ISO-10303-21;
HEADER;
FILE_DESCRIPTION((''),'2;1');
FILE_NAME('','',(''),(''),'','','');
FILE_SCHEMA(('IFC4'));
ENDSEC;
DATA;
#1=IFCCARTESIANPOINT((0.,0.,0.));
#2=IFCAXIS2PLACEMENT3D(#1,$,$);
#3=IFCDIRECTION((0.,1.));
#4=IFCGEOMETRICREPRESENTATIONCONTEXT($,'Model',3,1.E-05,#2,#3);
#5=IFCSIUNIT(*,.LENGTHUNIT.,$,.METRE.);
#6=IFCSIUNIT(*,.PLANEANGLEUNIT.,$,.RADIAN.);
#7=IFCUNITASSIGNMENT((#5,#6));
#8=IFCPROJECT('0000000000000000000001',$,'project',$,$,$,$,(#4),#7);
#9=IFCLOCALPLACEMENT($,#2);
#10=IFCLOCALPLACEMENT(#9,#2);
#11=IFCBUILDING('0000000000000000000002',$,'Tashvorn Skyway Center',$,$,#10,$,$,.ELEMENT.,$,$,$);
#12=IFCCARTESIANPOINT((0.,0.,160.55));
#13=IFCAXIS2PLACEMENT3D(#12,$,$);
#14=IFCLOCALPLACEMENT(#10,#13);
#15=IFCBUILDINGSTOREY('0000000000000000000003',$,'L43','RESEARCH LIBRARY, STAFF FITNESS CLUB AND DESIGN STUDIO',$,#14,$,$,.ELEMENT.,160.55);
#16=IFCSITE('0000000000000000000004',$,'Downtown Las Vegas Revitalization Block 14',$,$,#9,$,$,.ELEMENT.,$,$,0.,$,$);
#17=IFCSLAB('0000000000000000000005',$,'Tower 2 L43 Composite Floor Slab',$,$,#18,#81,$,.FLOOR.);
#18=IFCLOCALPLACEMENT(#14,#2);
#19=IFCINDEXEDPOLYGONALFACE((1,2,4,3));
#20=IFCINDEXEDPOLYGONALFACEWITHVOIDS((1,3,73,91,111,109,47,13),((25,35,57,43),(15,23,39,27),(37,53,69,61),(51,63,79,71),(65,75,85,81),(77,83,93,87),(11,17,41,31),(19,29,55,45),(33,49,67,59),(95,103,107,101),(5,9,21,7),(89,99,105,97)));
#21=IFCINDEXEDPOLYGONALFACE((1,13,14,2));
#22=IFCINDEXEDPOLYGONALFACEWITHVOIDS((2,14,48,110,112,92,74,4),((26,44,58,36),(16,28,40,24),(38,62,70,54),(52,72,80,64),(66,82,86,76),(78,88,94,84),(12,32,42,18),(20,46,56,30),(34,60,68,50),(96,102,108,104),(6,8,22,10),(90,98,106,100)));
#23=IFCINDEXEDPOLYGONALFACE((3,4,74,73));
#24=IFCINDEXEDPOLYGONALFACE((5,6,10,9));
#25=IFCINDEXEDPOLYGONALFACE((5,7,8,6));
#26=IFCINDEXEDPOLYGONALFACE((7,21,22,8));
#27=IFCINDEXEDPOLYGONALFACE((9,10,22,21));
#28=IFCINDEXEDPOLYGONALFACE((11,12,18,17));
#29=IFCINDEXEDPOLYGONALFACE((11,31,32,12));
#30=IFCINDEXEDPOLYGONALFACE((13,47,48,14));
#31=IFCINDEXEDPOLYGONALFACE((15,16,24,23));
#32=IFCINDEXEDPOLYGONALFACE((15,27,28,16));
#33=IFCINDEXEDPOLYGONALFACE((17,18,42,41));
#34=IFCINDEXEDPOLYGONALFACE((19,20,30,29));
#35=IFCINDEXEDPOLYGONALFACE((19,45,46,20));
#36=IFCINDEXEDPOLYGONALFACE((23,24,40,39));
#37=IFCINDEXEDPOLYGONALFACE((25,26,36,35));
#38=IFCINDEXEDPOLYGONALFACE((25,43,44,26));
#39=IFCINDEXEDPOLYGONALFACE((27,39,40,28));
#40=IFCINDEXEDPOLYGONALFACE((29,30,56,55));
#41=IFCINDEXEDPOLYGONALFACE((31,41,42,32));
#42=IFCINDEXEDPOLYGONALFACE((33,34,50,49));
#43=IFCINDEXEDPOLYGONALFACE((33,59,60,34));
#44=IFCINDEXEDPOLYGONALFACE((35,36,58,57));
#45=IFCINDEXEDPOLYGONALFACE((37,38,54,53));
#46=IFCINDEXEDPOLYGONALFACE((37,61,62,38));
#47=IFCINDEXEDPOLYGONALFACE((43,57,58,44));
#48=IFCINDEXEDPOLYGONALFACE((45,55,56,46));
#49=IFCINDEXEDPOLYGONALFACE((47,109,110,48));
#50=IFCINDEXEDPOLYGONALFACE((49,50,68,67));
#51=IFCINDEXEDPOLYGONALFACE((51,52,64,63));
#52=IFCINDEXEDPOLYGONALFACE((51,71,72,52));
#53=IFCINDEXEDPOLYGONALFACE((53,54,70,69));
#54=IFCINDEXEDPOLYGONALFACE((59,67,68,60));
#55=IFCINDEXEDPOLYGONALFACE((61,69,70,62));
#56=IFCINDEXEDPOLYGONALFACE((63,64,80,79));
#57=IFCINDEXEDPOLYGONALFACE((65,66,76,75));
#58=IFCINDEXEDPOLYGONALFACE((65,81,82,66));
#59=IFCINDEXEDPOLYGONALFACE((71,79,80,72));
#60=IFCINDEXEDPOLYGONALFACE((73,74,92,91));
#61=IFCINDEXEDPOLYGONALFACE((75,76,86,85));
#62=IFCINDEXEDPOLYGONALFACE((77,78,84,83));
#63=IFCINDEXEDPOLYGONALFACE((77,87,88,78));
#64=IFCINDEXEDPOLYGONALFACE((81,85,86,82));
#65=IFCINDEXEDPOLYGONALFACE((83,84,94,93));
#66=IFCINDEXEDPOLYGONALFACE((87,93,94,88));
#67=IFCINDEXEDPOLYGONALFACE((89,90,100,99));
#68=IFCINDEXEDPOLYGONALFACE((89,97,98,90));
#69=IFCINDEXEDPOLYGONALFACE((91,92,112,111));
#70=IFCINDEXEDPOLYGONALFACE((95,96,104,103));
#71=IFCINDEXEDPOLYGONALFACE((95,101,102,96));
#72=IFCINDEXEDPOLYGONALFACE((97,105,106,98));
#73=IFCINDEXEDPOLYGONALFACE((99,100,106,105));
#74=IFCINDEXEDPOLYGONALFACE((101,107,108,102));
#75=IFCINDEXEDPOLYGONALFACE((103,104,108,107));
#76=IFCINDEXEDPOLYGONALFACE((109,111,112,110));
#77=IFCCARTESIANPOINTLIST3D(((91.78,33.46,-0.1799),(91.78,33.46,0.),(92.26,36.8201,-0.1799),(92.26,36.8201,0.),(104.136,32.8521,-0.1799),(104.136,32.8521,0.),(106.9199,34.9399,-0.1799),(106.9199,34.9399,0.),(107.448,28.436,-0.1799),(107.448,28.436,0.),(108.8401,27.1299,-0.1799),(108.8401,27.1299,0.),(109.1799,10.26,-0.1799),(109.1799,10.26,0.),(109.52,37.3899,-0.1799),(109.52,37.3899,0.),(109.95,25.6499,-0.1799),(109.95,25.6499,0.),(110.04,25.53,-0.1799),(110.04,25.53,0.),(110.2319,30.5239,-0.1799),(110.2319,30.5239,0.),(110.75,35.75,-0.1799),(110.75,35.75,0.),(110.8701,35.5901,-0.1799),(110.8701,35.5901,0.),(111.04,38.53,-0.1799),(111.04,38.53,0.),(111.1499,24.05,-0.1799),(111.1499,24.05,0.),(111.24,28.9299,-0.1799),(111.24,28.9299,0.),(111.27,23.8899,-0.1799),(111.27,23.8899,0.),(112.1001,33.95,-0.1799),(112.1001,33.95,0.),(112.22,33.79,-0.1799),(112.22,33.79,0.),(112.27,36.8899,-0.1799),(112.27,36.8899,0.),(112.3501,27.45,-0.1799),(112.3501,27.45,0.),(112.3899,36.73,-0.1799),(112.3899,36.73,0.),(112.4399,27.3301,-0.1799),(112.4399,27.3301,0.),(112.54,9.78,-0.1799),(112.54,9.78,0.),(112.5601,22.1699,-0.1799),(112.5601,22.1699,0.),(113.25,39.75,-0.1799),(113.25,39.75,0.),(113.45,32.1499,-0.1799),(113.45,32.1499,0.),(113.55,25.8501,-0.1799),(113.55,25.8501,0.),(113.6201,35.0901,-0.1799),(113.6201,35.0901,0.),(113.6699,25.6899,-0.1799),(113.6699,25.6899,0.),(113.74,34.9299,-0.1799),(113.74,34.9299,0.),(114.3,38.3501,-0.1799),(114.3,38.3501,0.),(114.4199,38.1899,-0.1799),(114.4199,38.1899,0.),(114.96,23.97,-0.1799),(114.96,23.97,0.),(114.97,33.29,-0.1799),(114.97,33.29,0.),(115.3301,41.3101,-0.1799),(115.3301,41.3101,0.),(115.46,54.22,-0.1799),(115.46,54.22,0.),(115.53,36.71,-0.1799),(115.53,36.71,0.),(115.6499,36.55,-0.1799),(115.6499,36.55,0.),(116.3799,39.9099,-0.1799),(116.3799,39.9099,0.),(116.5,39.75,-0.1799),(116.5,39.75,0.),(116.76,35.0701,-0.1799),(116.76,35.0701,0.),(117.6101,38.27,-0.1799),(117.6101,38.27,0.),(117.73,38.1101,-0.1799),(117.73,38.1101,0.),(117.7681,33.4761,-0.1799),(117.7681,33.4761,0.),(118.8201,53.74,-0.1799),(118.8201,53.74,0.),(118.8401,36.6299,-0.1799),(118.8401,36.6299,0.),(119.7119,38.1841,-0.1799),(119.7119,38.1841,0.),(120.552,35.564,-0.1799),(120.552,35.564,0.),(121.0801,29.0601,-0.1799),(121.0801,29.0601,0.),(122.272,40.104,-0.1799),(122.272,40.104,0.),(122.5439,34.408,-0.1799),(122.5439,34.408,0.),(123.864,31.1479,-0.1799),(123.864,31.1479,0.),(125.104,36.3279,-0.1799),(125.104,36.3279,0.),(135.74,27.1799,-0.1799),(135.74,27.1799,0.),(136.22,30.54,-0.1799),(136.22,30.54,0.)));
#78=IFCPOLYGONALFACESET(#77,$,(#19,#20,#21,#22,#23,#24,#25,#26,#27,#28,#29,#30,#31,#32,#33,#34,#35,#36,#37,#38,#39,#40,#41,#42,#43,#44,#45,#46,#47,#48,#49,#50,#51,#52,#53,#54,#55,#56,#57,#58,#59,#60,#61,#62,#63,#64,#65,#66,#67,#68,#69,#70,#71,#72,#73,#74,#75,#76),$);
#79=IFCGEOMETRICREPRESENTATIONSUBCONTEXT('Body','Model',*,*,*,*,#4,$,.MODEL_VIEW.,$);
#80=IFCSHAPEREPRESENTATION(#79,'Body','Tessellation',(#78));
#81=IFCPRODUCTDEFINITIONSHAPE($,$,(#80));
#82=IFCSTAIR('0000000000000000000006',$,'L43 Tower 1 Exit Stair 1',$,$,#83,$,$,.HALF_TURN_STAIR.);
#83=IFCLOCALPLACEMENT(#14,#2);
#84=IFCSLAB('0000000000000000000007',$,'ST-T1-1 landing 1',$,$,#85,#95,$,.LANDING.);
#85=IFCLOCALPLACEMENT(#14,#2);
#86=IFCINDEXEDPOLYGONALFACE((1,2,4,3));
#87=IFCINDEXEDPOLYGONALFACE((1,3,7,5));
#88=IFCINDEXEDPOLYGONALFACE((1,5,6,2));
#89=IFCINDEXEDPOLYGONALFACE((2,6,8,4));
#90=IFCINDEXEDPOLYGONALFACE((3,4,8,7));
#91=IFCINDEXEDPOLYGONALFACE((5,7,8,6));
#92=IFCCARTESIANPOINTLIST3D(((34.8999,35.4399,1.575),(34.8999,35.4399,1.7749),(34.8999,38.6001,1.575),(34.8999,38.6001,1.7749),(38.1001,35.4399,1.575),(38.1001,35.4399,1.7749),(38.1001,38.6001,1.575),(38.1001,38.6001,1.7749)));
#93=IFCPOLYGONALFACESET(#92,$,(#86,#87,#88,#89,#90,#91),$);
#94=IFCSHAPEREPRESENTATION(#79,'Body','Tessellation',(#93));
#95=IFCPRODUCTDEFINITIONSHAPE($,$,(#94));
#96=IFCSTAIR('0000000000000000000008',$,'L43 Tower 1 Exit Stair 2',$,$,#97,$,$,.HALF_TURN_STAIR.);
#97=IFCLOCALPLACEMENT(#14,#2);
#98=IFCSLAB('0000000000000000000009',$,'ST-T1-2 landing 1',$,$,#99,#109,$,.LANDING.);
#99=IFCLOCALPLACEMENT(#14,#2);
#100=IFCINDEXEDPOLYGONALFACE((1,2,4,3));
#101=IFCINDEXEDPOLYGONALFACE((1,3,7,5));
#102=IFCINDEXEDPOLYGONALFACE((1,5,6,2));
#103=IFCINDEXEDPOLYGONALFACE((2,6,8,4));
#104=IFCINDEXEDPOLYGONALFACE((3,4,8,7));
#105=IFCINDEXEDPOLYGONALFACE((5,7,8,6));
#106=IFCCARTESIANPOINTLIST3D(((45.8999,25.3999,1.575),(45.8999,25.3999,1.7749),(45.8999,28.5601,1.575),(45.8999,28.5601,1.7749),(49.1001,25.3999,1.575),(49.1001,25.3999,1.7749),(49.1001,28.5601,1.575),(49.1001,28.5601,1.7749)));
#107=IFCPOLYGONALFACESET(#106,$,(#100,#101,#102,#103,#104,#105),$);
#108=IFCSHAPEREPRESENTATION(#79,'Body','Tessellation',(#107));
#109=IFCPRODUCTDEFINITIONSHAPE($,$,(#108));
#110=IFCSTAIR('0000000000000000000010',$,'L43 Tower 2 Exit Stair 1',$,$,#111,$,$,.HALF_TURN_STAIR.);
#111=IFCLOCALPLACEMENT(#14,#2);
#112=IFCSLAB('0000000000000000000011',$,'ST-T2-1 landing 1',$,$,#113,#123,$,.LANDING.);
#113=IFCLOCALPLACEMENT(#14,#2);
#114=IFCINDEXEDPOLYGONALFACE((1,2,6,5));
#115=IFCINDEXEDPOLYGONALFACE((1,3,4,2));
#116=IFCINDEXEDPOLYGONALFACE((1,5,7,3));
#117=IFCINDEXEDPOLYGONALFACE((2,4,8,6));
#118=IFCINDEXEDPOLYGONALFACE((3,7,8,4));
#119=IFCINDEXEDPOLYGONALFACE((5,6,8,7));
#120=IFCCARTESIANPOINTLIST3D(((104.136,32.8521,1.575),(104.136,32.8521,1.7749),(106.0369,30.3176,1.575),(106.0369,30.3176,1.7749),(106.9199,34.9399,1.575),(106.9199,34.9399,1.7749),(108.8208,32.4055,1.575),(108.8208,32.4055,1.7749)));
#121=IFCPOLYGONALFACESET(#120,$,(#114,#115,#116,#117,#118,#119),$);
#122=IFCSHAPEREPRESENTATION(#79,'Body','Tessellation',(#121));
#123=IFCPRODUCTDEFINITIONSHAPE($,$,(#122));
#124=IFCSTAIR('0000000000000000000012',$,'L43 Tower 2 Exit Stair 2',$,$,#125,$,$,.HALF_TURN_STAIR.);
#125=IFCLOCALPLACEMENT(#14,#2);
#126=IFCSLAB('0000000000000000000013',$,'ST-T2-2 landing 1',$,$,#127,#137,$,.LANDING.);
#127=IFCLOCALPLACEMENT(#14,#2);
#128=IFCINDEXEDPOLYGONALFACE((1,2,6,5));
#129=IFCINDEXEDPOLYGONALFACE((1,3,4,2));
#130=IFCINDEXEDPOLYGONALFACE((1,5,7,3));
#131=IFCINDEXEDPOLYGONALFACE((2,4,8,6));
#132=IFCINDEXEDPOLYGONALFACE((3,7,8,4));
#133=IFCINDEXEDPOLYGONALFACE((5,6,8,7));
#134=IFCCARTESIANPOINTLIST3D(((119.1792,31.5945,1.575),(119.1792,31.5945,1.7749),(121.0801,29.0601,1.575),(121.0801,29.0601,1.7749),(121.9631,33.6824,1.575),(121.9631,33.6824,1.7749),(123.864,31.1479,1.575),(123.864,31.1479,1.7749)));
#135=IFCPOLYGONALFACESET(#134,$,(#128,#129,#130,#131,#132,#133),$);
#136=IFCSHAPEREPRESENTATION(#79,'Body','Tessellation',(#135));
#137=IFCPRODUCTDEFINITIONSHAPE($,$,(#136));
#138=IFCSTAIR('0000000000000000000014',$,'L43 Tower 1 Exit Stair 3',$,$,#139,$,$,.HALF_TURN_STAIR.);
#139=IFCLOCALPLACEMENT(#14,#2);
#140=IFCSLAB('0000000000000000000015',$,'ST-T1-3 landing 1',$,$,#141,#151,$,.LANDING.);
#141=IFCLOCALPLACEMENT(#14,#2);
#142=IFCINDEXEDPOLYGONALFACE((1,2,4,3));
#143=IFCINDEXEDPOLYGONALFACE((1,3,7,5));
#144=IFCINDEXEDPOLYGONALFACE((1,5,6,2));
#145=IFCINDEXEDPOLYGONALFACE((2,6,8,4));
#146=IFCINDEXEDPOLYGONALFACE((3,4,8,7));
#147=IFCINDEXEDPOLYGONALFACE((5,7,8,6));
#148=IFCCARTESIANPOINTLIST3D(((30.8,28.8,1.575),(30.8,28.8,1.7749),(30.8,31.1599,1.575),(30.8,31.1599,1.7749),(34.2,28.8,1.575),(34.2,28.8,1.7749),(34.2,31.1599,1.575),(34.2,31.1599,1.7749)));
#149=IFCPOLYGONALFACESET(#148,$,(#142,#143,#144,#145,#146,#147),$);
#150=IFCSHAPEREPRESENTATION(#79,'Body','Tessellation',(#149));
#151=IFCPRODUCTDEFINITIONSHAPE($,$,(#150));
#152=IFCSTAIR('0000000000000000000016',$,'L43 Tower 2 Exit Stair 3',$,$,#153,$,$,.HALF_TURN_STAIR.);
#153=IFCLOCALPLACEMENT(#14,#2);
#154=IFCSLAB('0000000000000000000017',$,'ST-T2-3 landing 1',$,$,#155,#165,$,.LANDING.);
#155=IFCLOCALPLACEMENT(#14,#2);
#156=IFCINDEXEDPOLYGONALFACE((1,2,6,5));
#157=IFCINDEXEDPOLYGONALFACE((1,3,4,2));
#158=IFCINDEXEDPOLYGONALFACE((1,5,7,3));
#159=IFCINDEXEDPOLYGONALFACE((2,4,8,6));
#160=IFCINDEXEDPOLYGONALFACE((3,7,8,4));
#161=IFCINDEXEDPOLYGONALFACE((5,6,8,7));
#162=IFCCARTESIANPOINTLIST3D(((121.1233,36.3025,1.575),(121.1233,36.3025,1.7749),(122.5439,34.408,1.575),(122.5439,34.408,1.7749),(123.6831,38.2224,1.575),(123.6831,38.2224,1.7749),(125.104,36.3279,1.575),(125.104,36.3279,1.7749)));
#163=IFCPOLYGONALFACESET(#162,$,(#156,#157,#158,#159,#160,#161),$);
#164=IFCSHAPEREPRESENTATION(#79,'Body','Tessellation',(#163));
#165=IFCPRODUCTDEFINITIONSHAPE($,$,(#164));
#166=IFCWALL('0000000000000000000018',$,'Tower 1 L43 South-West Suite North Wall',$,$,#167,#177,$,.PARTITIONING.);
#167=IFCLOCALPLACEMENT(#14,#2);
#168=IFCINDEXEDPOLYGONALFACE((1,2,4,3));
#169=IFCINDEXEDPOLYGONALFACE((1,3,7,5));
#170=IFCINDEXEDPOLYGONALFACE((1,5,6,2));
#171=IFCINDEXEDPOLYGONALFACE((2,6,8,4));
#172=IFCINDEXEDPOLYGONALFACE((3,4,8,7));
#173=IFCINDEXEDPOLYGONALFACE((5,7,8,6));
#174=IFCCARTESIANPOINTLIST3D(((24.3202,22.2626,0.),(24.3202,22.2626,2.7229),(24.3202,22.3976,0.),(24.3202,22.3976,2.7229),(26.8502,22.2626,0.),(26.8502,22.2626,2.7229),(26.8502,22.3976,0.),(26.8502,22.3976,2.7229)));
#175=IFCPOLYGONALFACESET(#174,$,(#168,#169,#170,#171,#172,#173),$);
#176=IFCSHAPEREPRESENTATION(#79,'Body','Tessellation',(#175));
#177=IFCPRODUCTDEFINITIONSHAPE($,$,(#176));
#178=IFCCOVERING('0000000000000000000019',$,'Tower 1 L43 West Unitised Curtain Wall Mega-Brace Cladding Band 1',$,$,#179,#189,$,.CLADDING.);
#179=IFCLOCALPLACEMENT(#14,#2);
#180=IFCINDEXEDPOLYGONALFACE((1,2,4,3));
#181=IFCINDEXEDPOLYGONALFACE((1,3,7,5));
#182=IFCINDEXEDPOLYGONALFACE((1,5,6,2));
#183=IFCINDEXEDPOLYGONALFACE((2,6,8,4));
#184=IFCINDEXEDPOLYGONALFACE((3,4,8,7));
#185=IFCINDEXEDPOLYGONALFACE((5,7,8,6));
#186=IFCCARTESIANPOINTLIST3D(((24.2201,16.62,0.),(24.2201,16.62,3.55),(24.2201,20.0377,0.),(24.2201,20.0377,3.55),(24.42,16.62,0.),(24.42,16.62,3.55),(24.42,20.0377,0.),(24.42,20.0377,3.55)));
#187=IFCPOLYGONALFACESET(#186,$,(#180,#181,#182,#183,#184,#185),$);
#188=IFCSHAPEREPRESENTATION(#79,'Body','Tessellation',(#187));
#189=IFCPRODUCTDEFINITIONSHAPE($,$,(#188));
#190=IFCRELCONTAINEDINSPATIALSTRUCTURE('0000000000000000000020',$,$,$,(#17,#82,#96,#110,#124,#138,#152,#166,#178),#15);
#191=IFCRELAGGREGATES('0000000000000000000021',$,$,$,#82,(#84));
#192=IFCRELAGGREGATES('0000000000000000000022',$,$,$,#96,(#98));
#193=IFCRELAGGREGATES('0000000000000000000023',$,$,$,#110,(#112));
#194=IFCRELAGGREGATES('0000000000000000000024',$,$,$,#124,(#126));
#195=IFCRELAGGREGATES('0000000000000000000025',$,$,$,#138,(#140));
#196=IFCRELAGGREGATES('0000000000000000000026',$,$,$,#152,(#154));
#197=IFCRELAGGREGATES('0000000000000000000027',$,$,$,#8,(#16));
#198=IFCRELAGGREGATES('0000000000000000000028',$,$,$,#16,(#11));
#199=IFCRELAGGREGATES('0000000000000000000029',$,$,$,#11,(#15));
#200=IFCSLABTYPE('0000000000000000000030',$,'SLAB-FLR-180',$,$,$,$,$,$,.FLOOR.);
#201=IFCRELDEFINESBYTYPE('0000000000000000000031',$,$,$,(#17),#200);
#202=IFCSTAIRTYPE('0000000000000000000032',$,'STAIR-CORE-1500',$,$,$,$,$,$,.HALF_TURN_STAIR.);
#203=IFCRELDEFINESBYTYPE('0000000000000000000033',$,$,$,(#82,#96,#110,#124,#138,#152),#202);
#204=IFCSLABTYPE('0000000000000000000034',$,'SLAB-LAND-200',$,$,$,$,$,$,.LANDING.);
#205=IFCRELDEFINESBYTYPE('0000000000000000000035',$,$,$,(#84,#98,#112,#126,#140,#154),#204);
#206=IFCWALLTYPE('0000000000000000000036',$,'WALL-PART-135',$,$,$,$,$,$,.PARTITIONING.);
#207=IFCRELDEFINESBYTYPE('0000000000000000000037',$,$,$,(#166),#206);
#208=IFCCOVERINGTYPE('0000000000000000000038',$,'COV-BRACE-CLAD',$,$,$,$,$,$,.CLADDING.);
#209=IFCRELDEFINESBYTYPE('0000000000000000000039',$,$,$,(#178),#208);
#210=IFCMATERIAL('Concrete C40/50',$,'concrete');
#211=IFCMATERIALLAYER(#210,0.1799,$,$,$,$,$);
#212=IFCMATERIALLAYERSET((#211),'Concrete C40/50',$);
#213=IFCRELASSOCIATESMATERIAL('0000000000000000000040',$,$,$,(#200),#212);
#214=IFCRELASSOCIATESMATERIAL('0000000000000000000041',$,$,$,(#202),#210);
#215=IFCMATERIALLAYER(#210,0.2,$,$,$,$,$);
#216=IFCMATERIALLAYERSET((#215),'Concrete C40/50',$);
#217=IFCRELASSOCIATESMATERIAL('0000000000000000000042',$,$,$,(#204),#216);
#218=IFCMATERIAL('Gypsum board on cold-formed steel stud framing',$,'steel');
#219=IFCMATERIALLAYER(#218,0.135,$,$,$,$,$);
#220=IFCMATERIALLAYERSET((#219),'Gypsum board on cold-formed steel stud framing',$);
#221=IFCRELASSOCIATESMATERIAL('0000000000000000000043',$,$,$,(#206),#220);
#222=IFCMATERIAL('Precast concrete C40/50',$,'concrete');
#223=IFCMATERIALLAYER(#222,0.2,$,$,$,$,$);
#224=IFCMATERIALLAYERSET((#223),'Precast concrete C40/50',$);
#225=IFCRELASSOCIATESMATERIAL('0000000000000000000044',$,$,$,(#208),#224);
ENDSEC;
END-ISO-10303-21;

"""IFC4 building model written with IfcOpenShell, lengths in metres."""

from ifc_helpers import new_model, si_unit, direction, frame, frame_2d, origin, origin_2d, place, context, subcontext, project, spatial, polyline, rectangle, outline, extrude, material, layer, layer_set, type_object, element, aggregate, save


model = new_model("IFC4")

# Units and contexts
model_context = context("Model", 3, precision=1e-05, world=origin(), true_north=direction((0.0, 1.0)))
body_context = subcontext(model_context, "Body", "Model", "MODEL_VIEW")
ifc_project = project(units=[si_unit("LENGTHUNIT", "METRE"), si_unit("PLANEANGLEUNIT", "RADIAN")], contexts=[model_context])

# Site, building, storey
site_placement = place(None, origin())
site = spatial("IfcSite", under=ifc_project, at=site_placement, Name="Downtown Las Vegas Revitalization Block 14", CompositionType="ELEMENT", RefElevation=0.0)
building_placement = place(site_placement, origin())
building = spatial("IfcBuilding", under=site, at=building_placement, Name="Tashvorn Skyway Center", CompositionType="ELEMENT")
storey_placement = place(building_placement, frame((0.0, 0.0, 160.55)))
storey = spatial("IfcBuildingStorey", under=building, at=storey_placement, Name="L43", Description="RESEARCH LIBRARY, STAFF FITNESS CLUB AND DESIGN STUDIO", CompositionType="ELEMENT", Elevation=160.55)

# Slab
ifc_material_1 = material(Name="Concrete C40/50", Category="concrete")
ifc_layer_1 = layer(ifc_material_1, 0.1799)
ifc_layer_set_1 = layer_set([ifc_layer_1], Name="Concrete C40/50")
slab_type_1 = type_object("IfcSlabType", Name="SLAB-FLR-180", PredefinedType="FLOOR", material=ifc_layer_set_1)
slab_1_placement = place(storey_placement, frame((0.0, 0.0, -0.1799)))
element("IfcSlab", 1, at=slab_1_placement, inside=storey, type_object=slab_type_1, Name="Tower 2 L43 Composite Floor Slab", PredefinedType="FLOOR", context=body_context, shape_type="SweptSolid", body=[
    extrude(outline(polyline([(112.54, 9.78), (135.74, 27.1799), (136.22, 30.54), (118.8201, 53.74), (115.46, 54.22), (92.26, 36.8201), (91.78, 33.46), (109.1799, 10.26), (112.54, 9.78)]), holes=[polyline([(110.2319, 30.5239), (106.9199, 34.9399), (104.136, 32.8521), (107.448, 28.436), (110.2319, 30.5239)]), polyline([(117.7681, 33.4761), (121.0801, 29.0601), (123.864, 31.1479), (120.552, 35.564), (117.7681, 33.4761)]), polyline([(119.7119, 38.1841), (122.5439, 34.408), (125.104, 36.3279), (122.272, 40.104), (119.7119, 38.1841)]), polyline([(109.95, 25.6499), (112.3501, 27.45), (111.24, 28.9299), (108.8401, 27.1299), (109.95, 25.6499)]), polyline([(111.1499, 24.05), (113.55, 25.8501), (112.4399, 27.3301), (110.04, 25.53), (111.1499, 24.05)]), polyline([(112.5601, 22.1699), (114.96, 23.97), (113.6699, 25.6899), (111.27, 23.8899), (112.5601, 22.1699)]), polyline([(113.45, 32.1499), (114.97, 33.29), (113.74, 34.9299), (112.22, 33.79), (113.45, 32.1499)]), polyline([(112.1001, 33.95), (113.6201, 35.0901), (112.3899, 36.73), (110.8701, 35.5901), (112.1001, 33.95)]), polyline([(110.75, 35.75), (112.27, 36.8899), (111.04, 38.53), (109.52, 37.3899), (110.75, 35.75)]), polyline([(116.76, 35.0701), (118.8401, 36.6299), (117.73, 38.1101), (115.6499, 36.55), (116.76, 35.0701)]), polyline([(115.53, 36.71), (117.6101, 38.27), (116.5, 39.75), (114.4199, 38.1899), (115.53, 36.71)]), polyline([(114.3, 38.3501), (116.3799, 39.9099), (115.3301, 41.3101), (113.25, 39.75), (114.3, 38.3501)])]), origin(), (0.0, 0.0, 1.0), 0.1799),
])

# Stairs, slabs
stair_type = type_object("IfcStairType", Name="STAIR-CORE-1500", PredefinedType="HALF_TURN_STAIR", material=ifc_material_1)
stair_1_placement = place(storey_placement, origin())
stair_1 = element("IfcStair", 2, at=stair_1_placement, inside=storey, type_object=stair_type, Name="L43 Tower 1 Exit Stair 1", PredefinedType="HALF_TURN_STAIR")
ifc_layer_2 = layer(ifc_material_1, 0.2)
ifc_layer_set_2 = layer_set([ifc_layer_2], Name="Concrete C40/50")
slab_type_2 = type_object("IfcSlabType", Name="SLAB-LAND-200", PredefinedType="LANDING", material=ifc_layer_set_2)
slab_2_placement = place(storey_placement, frame((0.0, 0.0, 1.575)))
slab_2 = element("IfcSlab", 3, at=slab_2_placement, type_object=slab_type_2, Name="ST-T1-1 landing 1", PredefinedType="LANDING", context=body_context, shape_type="SweptSolid", body=[
    extrude(outline(polyline([(38.1001, 35.4399), (38.1001, 38.6001), (34.8999, 38.6001), (34.8999, 35.4399), (38.1001, 35.4399)])), origin(), (0.0, 0.0, 1.0), 0.2),
])
aggregate(stair_1, [slab_2])
stair_2_placement = place(storey_placement, origin())
stair_2 = element("IfcStair", 4, at=stair_2_placement, inside=storey, type_object=stair_type, Name="L43 Tower 1 Exit Stair 2", PredefinedType="HALF_TURN_STAIR")
slab_3_placement = place(storey_placement, frame((0.0, 0.0, 1.575)))
slab_3 = element("IfcSlab", 5, at=slab_3_placement, type_object=slab_type_2, Name="ST-T1-2 landing 1", PredefinedType="LANDING", context=body_context, shape_type="SweptSolid", body=[
    extrude(outline(polyline([(45.8999, 28.5601), (45.8999, 25.3999), (49.1001, 25.3999), (49.1001, 28.5601), (45.8999, 28.5601)])), origin(), (0.0, 0.0, 1.0), 0.2),
])
aggregate(stair_2, [slab_3])
stair_3_placement = place(storey_placement, origin())
stair_3 = element("IfcStair", 6, at=stair_3_placement, inside=storey, type_object=stair_type, Name="L43 Tower 2 Exit Stair 1", PredefinedType="HALF_TURN_STAIR")
slab_4_placement = place(storey_placement, frame((0.0, 0.0, 1.575)))
slab_4 = element("IfcSlab", 7, at=slab_4_placement, type_object=slab_type_2, Name="ST-T2-1 landing 1", PredefinedType="LANDING", context=body_context, shape_type="SweptSolid", body=[
    extrude(outline(polyline([(108.8208, 32.4055), (106.9199, 34.9399), (104.136, 32.8521), (106.0369, 30.3176), (108.8208, 32.4055)])), origin(), (0.0, 0.0, 1.0), 0.2),
])
aggregate(stair_3, [slab_4])
stair_4_placement = place(storey_placement, origin())
stair_4 = element("IfcStair", 8, at=stair_4_placement, inside=storey, type_object=stair_type, Name="L43 Tower 2 Exit Stair 2", PredefinedType="HALF_TURN_STAIR")
slab_5_placement = place(storey_placement, frame((0.0, 0.0, 1.575)))
slab_5 = element("IfcSlab", 9, at=slab_5_placement, type_object=slab_type_2, Name="ST-T2-2 landing 1", PredefinedType="LANDING", context=body_context, shape_type="SweptSolid", body=[
    extrude(outline(polyline([(119.1792, 31.5945), (121.0801, 29.0601), (123.864, 31.1479), (121.9631, 33.6824), (119.1792, 31.5945)])), origin(), (0.0, 0.0, 1.0), 0.2),
])
aggregate(stair_4, [slab_5])
stair_5_placement = place(storey_placement, origin())
stair_5 = element("IfcStair", 10, at=stair_5_placement, inside=storey, type_object=stair_type, Name="L43 Tower 1 Exit Stair 3", PredefinedType="HALF_TURN_STAIR")
slab_6_placement = place(storey_placement, frame((0.0, 0.0, 1.575)))
slab_6 = element("IfcSlab", 11, at=slab_6_placement, type_object=slab_type_2, Name="ST-T1-3 landing 1", PredefinedType="LANDING", context=body_context, shape_type="SweptSolid", body=[
    extrude(outline(polyline([(30.8, 31.1599), (30.8, 28.8), (34.2, 28.8), (34.2, 31.1599), (30.8, 31.1599)])), origin(), (0.0, 0.0, 1.0), 0.2),
])
aggregate(stair_5, [slab_6])
stair_6_placement = place(storey_placement, origin())
stair_6 = element("IfcStair", 12, at=stair_6_placement, inside=storey, type_object=stair_type, Name="L43 Tower 2 Exit Stair 3", PredefinedType="HALF_TURN_STAIR")
slab_7_placement = place(storey_placement, frame((0.0, 0.0, 1.575)))
slab_7 = element("IfcSlab", 13, at=slab_7_placement, type_object=slab_type_2, Name="ST-T2-3 landing 1", PredefinedType="LANDING", context=body_context, shape_type="SweptSolid", body=[
    extrude(outline(polyline([(121.1233, 36.3025), (122.5439, 34.408), (125.104, 36.3279), (123.6831, 38.2224), (121.1233, 36.3025)])), origin(), (0.0, 0.0, 1.0), 0.2),
])
aggregate(stair_6, [slab_7])

# Wall
ifc_material_2 = material(Name="Gypsum board on cold-formed steel stud framing", Category="steel")
ifc_layer_3 = layer(ifc_material_2, 0.135)
ifc_layer_set_3 = layer_set([ifc_layer_3], Name="Gypsum board on cold-formed steel stud framing")
wall_type = type_object("IfcWallType", Name="WALL-PART-135", PredefinedType="PARTITIONING", material=ifc_layer_set_3)
wall_placement = place(storey_placement, frame((24.3201, 22.3301, 0.0), z_axis=(0.0, 0.0, 1.0), x_axis=(1.0, 0.0, 0.0)))
element("IfcWall", 14, at=wall_placement, inside=storey, type_object=wall_type, Name="Tower 1 L43 South-West Suite North Wall", PredefinedType="PARTITIONING", context=body_context, shape_type="SweptSolid", body=[
    extrude(rectangle(XDim=2.53, YDim=0.135, at=frame_2d((1.2651, 0.0))), origin(), (0.0, 0.0, 1.0), 2.7229),
])

# Covering
ifc_material_3 = material(Name="Precast concrete C40/50", Category="concrete")
ifc_layer_4 = layer(ifc_material_3, 0.2)
ifc_layer_set_4 = layer_set([ifc_layer_4], Name="Precast concrete C40/50")
covering_type_1 = type_object("IfcCoveringType", Name="COV-BRACE-CLAD", PredefinedType="CLADDING", material=ifc_layer_set_4)
covering_1_placement = place(storey_placement, frame((24.3201, 18.3289, 0.0), z_axis=(0.0, 0.0, 1.0), x_axis=(0.0, 1.0, 0.0)))
element("IfcCovering", 15, at=covering_1_placement, inside=storey, type_object=covering_type_1, Name="Tower 1 L43 West Unitised Curtain Wall Mega-Brace Cladding Band 1", PredefinedType="CLADDING", context=body_context, shape_type="SweptSolid", body=[
    extrude(rectangle(XDim=3.4177, YDim=0.2, at=origin_2d()), origin(), (0.0, 0.0, 1.0), 3.55),
])

save(model, "model.ifc")
